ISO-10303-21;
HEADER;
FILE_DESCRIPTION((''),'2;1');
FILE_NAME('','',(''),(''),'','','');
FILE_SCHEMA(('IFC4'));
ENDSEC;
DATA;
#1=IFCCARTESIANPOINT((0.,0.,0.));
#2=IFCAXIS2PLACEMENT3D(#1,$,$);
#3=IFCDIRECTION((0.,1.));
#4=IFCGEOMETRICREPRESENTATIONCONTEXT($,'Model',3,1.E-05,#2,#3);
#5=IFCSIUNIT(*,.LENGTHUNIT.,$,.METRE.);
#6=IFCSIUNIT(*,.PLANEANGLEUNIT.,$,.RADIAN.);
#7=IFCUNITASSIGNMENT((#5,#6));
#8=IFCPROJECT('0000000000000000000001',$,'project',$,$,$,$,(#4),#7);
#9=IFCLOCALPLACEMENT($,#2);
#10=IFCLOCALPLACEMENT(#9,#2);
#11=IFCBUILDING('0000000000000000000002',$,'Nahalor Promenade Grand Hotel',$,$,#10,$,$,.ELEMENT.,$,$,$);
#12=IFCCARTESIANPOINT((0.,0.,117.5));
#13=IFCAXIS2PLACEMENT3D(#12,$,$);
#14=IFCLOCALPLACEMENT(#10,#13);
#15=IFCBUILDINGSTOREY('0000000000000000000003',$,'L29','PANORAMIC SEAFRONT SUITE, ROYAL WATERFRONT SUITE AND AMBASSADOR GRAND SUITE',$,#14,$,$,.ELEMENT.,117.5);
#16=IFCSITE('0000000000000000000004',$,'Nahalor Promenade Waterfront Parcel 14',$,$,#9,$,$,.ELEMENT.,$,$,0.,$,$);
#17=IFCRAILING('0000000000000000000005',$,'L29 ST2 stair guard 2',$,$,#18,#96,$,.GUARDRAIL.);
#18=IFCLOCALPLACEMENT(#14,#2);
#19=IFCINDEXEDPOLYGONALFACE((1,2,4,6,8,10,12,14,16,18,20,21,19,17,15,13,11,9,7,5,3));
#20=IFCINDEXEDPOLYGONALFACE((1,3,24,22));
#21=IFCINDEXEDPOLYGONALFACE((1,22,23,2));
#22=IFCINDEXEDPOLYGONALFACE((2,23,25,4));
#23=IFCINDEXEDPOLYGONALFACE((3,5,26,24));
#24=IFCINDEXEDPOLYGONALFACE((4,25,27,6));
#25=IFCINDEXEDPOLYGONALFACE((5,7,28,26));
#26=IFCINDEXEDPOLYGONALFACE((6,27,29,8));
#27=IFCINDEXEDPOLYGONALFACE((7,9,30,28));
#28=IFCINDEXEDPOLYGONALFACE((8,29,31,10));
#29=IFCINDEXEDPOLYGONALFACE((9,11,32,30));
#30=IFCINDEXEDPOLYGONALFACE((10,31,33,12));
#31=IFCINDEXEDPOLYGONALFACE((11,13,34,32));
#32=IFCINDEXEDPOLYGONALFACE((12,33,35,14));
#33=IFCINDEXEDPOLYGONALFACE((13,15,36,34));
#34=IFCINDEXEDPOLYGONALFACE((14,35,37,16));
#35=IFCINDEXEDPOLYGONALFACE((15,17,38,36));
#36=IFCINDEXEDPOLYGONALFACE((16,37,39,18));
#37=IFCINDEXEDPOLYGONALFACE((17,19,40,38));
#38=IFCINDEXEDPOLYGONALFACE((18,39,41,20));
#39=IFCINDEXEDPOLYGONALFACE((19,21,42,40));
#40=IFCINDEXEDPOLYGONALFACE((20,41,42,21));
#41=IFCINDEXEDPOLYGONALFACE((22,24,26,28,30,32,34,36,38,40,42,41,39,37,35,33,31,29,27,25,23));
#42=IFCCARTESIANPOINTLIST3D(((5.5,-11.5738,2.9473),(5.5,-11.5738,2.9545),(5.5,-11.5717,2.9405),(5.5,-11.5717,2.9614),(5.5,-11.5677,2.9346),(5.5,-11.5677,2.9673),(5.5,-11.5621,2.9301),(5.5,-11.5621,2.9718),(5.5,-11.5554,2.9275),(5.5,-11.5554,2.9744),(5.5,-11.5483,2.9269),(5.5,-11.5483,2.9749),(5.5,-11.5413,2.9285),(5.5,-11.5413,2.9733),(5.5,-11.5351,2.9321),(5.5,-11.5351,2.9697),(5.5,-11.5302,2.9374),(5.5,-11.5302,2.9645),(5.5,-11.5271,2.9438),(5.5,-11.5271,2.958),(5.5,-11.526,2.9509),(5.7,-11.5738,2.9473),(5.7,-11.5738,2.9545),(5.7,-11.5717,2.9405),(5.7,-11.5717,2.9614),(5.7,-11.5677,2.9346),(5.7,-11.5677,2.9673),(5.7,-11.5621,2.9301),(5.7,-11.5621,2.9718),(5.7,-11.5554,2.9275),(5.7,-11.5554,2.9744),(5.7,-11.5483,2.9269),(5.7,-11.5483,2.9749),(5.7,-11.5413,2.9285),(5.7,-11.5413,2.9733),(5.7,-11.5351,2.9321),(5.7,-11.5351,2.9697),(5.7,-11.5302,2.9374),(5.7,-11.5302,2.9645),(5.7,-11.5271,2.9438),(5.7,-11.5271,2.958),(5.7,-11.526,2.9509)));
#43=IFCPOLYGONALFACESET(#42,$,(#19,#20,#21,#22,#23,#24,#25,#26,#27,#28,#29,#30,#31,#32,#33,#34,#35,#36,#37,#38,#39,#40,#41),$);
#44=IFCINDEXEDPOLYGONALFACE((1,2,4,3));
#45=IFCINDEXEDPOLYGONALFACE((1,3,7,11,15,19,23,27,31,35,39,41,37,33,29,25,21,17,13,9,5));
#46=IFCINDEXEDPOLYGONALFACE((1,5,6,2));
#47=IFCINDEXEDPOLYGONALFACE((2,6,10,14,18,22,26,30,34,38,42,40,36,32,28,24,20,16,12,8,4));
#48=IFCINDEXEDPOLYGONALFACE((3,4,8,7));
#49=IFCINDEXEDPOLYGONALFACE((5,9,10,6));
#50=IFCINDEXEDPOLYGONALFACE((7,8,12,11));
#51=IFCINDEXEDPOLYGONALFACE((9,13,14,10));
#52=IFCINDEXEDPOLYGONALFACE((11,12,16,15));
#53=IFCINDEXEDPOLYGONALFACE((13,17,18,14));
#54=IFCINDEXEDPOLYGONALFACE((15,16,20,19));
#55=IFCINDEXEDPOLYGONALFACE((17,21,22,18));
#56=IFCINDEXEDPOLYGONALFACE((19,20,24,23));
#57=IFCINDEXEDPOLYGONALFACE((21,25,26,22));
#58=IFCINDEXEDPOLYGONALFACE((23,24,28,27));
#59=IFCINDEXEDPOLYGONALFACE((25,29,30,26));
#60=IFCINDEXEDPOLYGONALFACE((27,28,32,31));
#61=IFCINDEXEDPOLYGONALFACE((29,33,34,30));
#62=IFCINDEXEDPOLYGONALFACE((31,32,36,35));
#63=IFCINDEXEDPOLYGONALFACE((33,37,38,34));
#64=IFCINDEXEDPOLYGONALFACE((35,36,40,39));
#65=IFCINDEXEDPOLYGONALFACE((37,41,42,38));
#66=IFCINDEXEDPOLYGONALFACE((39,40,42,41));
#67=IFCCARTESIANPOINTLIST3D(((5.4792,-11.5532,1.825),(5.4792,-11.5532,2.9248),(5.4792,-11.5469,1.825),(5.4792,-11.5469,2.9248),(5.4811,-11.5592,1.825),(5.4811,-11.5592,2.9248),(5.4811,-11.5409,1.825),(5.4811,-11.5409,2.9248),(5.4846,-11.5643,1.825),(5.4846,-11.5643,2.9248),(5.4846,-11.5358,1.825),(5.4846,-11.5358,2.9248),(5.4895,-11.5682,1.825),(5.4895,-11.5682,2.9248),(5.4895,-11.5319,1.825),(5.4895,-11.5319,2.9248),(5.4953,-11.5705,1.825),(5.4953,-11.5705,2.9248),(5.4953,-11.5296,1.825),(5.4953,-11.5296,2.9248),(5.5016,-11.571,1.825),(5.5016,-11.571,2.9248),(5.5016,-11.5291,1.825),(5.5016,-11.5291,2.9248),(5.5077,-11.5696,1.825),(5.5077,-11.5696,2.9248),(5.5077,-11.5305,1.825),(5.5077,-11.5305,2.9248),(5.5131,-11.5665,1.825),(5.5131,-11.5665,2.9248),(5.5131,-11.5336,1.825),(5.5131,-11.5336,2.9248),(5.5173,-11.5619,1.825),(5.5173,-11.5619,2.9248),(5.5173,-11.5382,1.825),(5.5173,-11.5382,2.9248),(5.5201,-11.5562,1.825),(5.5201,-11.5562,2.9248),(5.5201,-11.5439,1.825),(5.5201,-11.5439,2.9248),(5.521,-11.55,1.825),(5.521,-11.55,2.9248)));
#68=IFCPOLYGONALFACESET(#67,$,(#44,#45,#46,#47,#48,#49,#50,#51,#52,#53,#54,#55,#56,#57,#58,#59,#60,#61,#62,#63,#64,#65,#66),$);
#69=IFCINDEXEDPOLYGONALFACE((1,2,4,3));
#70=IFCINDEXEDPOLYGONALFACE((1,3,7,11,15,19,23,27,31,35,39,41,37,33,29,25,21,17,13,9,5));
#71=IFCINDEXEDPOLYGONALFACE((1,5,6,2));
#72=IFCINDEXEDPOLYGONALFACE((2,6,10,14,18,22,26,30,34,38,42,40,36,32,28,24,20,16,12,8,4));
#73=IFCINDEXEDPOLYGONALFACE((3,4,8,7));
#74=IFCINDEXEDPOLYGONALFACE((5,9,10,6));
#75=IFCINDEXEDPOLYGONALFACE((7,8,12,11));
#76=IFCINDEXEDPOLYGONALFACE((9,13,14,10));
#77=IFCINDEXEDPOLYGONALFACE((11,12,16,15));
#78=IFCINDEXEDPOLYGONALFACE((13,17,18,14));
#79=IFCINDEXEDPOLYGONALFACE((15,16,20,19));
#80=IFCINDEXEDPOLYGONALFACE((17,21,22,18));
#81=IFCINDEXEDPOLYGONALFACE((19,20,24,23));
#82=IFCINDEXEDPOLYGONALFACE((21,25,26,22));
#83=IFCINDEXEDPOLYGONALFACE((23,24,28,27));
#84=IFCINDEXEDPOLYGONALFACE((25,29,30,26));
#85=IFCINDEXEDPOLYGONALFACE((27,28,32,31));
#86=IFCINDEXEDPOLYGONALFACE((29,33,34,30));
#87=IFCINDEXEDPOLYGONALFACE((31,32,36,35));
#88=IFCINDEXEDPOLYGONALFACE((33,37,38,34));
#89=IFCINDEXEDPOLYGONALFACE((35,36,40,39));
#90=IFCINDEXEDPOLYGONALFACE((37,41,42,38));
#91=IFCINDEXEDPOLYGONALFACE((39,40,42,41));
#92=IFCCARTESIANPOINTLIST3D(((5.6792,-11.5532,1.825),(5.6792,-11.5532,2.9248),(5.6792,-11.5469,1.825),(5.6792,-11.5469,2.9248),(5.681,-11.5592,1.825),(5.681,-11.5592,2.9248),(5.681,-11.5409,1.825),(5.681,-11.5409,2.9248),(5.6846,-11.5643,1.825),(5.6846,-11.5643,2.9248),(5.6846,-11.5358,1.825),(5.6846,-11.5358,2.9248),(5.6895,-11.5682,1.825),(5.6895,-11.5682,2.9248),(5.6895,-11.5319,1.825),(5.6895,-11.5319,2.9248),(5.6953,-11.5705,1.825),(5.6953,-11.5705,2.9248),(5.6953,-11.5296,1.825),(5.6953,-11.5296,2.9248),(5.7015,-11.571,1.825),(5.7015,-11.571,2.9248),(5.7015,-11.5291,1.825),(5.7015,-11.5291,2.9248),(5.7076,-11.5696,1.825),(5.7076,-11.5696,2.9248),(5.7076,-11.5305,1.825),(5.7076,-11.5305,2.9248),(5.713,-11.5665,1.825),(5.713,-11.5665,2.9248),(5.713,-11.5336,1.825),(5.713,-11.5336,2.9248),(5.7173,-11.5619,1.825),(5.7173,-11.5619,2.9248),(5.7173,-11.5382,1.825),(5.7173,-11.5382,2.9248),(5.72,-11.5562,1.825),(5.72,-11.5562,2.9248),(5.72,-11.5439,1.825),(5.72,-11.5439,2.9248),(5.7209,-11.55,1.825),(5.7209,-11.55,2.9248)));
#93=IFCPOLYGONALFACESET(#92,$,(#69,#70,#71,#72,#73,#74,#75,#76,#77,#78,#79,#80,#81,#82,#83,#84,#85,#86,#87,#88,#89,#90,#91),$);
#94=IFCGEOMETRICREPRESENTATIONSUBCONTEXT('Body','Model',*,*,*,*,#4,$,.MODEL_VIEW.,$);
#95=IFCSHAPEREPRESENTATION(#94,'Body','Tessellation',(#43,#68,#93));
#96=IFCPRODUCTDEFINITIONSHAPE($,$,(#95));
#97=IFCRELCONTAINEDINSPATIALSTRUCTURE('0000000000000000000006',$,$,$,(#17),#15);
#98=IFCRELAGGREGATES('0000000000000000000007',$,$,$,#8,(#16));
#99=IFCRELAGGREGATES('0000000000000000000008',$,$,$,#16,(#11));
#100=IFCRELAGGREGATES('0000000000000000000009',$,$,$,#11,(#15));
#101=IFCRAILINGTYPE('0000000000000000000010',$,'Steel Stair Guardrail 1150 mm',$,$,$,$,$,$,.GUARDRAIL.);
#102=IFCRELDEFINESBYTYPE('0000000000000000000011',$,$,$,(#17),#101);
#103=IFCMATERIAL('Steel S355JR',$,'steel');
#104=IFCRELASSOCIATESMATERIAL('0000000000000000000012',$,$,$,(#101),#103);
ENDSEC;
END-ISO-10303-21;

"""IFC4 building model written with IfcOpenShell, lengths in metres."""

from ifc_helpers import new_model, si_unit, direction, frame, origin, origin_2d, place, context, subcontext, project, spatial, circle, extrude, material, type_object, element, save


model = new_model("IFC4")

# Units and contexts
model_context = context("Model", 3, precision=1e-05, world=origin(), true_north=direction((0.0, 1.0)))
body_context = subcontext(model_context, "Body", "Model", "MODEL_VIEW")
ifc_project = project(units=[si_unit("LENGTHUNIT", "METRE"), si_unit("PLANEANGLEUNIT", "RADIAN")], contexts=[model_context])

# Site, building, storey
site_placement = place(None, origin())
site = spatial("IfcSite", under=ifc_project, at=site_placement, Name="Nahalor Promenade Waterfront Parcel 14", CompositionType="ELEMENT", RefElevation=0.0)
building_placement = place(site_placement, origin())
building = spatial("IfcBuilding", under=site, at=building_placement, Name="Nahalor Promenade Grand Hotel", CompositionType="ELEMENT")
storey_placement = place(building_placement, frame((0.0, 0.0, 117.5)))
storey = spatial("IfcBuildingStorey", under=building, at=storey_placement, Name="L29", Description="PANORAMIC SEAFRONT SUITE, ROYAL WATERFRONT SUITE AND AMBASSADOR GRAND SUITE", CompositionType="ELEMENT", Elevation=117.5)

# Shared definitions
ifc_material_1 = material(Name="Steel S355JR", Category="steel")

# Railing
railing_type_1 = type_object("IfcRailingType", Name="Steel Stair Guardrail 1150 mm", PredefinedType="GUARDRAIL", material=ifc_material_1)
railing_1_placement = place(storey_placement, frame((5.5, -11.55, 1.825)))
element("IfcRailing", 1, at=railing_1_placement, inside=storey, type_object=railing_type_1, Name="L29 ST2 stair guard 2", PredefinedType="GUARDRAIL", context=body_context, shape_type="SweptSolid", body=[
    extrude(circle(Radius=0.024, at=origin_2d()), frame((0.0, 0.0, 1.126), z_axis=(1.0, 0.0, 0.0), x_axis=(0.0, 1.0, 0.0)), (0.0, 0.0, 1.0), 0.2),
    extrude(circle(Radius=0.021, at=origin_2d()), origin(), (0.0, 0.0, 1.0), 1.0999),
    extrude(circle(Radius=0.021, at=origin_2d()), frame((0.2, 0.0, 0.0)), (0.0, 0.0, 1.0), 1.0999),
])

save(model, "model.ifc")
